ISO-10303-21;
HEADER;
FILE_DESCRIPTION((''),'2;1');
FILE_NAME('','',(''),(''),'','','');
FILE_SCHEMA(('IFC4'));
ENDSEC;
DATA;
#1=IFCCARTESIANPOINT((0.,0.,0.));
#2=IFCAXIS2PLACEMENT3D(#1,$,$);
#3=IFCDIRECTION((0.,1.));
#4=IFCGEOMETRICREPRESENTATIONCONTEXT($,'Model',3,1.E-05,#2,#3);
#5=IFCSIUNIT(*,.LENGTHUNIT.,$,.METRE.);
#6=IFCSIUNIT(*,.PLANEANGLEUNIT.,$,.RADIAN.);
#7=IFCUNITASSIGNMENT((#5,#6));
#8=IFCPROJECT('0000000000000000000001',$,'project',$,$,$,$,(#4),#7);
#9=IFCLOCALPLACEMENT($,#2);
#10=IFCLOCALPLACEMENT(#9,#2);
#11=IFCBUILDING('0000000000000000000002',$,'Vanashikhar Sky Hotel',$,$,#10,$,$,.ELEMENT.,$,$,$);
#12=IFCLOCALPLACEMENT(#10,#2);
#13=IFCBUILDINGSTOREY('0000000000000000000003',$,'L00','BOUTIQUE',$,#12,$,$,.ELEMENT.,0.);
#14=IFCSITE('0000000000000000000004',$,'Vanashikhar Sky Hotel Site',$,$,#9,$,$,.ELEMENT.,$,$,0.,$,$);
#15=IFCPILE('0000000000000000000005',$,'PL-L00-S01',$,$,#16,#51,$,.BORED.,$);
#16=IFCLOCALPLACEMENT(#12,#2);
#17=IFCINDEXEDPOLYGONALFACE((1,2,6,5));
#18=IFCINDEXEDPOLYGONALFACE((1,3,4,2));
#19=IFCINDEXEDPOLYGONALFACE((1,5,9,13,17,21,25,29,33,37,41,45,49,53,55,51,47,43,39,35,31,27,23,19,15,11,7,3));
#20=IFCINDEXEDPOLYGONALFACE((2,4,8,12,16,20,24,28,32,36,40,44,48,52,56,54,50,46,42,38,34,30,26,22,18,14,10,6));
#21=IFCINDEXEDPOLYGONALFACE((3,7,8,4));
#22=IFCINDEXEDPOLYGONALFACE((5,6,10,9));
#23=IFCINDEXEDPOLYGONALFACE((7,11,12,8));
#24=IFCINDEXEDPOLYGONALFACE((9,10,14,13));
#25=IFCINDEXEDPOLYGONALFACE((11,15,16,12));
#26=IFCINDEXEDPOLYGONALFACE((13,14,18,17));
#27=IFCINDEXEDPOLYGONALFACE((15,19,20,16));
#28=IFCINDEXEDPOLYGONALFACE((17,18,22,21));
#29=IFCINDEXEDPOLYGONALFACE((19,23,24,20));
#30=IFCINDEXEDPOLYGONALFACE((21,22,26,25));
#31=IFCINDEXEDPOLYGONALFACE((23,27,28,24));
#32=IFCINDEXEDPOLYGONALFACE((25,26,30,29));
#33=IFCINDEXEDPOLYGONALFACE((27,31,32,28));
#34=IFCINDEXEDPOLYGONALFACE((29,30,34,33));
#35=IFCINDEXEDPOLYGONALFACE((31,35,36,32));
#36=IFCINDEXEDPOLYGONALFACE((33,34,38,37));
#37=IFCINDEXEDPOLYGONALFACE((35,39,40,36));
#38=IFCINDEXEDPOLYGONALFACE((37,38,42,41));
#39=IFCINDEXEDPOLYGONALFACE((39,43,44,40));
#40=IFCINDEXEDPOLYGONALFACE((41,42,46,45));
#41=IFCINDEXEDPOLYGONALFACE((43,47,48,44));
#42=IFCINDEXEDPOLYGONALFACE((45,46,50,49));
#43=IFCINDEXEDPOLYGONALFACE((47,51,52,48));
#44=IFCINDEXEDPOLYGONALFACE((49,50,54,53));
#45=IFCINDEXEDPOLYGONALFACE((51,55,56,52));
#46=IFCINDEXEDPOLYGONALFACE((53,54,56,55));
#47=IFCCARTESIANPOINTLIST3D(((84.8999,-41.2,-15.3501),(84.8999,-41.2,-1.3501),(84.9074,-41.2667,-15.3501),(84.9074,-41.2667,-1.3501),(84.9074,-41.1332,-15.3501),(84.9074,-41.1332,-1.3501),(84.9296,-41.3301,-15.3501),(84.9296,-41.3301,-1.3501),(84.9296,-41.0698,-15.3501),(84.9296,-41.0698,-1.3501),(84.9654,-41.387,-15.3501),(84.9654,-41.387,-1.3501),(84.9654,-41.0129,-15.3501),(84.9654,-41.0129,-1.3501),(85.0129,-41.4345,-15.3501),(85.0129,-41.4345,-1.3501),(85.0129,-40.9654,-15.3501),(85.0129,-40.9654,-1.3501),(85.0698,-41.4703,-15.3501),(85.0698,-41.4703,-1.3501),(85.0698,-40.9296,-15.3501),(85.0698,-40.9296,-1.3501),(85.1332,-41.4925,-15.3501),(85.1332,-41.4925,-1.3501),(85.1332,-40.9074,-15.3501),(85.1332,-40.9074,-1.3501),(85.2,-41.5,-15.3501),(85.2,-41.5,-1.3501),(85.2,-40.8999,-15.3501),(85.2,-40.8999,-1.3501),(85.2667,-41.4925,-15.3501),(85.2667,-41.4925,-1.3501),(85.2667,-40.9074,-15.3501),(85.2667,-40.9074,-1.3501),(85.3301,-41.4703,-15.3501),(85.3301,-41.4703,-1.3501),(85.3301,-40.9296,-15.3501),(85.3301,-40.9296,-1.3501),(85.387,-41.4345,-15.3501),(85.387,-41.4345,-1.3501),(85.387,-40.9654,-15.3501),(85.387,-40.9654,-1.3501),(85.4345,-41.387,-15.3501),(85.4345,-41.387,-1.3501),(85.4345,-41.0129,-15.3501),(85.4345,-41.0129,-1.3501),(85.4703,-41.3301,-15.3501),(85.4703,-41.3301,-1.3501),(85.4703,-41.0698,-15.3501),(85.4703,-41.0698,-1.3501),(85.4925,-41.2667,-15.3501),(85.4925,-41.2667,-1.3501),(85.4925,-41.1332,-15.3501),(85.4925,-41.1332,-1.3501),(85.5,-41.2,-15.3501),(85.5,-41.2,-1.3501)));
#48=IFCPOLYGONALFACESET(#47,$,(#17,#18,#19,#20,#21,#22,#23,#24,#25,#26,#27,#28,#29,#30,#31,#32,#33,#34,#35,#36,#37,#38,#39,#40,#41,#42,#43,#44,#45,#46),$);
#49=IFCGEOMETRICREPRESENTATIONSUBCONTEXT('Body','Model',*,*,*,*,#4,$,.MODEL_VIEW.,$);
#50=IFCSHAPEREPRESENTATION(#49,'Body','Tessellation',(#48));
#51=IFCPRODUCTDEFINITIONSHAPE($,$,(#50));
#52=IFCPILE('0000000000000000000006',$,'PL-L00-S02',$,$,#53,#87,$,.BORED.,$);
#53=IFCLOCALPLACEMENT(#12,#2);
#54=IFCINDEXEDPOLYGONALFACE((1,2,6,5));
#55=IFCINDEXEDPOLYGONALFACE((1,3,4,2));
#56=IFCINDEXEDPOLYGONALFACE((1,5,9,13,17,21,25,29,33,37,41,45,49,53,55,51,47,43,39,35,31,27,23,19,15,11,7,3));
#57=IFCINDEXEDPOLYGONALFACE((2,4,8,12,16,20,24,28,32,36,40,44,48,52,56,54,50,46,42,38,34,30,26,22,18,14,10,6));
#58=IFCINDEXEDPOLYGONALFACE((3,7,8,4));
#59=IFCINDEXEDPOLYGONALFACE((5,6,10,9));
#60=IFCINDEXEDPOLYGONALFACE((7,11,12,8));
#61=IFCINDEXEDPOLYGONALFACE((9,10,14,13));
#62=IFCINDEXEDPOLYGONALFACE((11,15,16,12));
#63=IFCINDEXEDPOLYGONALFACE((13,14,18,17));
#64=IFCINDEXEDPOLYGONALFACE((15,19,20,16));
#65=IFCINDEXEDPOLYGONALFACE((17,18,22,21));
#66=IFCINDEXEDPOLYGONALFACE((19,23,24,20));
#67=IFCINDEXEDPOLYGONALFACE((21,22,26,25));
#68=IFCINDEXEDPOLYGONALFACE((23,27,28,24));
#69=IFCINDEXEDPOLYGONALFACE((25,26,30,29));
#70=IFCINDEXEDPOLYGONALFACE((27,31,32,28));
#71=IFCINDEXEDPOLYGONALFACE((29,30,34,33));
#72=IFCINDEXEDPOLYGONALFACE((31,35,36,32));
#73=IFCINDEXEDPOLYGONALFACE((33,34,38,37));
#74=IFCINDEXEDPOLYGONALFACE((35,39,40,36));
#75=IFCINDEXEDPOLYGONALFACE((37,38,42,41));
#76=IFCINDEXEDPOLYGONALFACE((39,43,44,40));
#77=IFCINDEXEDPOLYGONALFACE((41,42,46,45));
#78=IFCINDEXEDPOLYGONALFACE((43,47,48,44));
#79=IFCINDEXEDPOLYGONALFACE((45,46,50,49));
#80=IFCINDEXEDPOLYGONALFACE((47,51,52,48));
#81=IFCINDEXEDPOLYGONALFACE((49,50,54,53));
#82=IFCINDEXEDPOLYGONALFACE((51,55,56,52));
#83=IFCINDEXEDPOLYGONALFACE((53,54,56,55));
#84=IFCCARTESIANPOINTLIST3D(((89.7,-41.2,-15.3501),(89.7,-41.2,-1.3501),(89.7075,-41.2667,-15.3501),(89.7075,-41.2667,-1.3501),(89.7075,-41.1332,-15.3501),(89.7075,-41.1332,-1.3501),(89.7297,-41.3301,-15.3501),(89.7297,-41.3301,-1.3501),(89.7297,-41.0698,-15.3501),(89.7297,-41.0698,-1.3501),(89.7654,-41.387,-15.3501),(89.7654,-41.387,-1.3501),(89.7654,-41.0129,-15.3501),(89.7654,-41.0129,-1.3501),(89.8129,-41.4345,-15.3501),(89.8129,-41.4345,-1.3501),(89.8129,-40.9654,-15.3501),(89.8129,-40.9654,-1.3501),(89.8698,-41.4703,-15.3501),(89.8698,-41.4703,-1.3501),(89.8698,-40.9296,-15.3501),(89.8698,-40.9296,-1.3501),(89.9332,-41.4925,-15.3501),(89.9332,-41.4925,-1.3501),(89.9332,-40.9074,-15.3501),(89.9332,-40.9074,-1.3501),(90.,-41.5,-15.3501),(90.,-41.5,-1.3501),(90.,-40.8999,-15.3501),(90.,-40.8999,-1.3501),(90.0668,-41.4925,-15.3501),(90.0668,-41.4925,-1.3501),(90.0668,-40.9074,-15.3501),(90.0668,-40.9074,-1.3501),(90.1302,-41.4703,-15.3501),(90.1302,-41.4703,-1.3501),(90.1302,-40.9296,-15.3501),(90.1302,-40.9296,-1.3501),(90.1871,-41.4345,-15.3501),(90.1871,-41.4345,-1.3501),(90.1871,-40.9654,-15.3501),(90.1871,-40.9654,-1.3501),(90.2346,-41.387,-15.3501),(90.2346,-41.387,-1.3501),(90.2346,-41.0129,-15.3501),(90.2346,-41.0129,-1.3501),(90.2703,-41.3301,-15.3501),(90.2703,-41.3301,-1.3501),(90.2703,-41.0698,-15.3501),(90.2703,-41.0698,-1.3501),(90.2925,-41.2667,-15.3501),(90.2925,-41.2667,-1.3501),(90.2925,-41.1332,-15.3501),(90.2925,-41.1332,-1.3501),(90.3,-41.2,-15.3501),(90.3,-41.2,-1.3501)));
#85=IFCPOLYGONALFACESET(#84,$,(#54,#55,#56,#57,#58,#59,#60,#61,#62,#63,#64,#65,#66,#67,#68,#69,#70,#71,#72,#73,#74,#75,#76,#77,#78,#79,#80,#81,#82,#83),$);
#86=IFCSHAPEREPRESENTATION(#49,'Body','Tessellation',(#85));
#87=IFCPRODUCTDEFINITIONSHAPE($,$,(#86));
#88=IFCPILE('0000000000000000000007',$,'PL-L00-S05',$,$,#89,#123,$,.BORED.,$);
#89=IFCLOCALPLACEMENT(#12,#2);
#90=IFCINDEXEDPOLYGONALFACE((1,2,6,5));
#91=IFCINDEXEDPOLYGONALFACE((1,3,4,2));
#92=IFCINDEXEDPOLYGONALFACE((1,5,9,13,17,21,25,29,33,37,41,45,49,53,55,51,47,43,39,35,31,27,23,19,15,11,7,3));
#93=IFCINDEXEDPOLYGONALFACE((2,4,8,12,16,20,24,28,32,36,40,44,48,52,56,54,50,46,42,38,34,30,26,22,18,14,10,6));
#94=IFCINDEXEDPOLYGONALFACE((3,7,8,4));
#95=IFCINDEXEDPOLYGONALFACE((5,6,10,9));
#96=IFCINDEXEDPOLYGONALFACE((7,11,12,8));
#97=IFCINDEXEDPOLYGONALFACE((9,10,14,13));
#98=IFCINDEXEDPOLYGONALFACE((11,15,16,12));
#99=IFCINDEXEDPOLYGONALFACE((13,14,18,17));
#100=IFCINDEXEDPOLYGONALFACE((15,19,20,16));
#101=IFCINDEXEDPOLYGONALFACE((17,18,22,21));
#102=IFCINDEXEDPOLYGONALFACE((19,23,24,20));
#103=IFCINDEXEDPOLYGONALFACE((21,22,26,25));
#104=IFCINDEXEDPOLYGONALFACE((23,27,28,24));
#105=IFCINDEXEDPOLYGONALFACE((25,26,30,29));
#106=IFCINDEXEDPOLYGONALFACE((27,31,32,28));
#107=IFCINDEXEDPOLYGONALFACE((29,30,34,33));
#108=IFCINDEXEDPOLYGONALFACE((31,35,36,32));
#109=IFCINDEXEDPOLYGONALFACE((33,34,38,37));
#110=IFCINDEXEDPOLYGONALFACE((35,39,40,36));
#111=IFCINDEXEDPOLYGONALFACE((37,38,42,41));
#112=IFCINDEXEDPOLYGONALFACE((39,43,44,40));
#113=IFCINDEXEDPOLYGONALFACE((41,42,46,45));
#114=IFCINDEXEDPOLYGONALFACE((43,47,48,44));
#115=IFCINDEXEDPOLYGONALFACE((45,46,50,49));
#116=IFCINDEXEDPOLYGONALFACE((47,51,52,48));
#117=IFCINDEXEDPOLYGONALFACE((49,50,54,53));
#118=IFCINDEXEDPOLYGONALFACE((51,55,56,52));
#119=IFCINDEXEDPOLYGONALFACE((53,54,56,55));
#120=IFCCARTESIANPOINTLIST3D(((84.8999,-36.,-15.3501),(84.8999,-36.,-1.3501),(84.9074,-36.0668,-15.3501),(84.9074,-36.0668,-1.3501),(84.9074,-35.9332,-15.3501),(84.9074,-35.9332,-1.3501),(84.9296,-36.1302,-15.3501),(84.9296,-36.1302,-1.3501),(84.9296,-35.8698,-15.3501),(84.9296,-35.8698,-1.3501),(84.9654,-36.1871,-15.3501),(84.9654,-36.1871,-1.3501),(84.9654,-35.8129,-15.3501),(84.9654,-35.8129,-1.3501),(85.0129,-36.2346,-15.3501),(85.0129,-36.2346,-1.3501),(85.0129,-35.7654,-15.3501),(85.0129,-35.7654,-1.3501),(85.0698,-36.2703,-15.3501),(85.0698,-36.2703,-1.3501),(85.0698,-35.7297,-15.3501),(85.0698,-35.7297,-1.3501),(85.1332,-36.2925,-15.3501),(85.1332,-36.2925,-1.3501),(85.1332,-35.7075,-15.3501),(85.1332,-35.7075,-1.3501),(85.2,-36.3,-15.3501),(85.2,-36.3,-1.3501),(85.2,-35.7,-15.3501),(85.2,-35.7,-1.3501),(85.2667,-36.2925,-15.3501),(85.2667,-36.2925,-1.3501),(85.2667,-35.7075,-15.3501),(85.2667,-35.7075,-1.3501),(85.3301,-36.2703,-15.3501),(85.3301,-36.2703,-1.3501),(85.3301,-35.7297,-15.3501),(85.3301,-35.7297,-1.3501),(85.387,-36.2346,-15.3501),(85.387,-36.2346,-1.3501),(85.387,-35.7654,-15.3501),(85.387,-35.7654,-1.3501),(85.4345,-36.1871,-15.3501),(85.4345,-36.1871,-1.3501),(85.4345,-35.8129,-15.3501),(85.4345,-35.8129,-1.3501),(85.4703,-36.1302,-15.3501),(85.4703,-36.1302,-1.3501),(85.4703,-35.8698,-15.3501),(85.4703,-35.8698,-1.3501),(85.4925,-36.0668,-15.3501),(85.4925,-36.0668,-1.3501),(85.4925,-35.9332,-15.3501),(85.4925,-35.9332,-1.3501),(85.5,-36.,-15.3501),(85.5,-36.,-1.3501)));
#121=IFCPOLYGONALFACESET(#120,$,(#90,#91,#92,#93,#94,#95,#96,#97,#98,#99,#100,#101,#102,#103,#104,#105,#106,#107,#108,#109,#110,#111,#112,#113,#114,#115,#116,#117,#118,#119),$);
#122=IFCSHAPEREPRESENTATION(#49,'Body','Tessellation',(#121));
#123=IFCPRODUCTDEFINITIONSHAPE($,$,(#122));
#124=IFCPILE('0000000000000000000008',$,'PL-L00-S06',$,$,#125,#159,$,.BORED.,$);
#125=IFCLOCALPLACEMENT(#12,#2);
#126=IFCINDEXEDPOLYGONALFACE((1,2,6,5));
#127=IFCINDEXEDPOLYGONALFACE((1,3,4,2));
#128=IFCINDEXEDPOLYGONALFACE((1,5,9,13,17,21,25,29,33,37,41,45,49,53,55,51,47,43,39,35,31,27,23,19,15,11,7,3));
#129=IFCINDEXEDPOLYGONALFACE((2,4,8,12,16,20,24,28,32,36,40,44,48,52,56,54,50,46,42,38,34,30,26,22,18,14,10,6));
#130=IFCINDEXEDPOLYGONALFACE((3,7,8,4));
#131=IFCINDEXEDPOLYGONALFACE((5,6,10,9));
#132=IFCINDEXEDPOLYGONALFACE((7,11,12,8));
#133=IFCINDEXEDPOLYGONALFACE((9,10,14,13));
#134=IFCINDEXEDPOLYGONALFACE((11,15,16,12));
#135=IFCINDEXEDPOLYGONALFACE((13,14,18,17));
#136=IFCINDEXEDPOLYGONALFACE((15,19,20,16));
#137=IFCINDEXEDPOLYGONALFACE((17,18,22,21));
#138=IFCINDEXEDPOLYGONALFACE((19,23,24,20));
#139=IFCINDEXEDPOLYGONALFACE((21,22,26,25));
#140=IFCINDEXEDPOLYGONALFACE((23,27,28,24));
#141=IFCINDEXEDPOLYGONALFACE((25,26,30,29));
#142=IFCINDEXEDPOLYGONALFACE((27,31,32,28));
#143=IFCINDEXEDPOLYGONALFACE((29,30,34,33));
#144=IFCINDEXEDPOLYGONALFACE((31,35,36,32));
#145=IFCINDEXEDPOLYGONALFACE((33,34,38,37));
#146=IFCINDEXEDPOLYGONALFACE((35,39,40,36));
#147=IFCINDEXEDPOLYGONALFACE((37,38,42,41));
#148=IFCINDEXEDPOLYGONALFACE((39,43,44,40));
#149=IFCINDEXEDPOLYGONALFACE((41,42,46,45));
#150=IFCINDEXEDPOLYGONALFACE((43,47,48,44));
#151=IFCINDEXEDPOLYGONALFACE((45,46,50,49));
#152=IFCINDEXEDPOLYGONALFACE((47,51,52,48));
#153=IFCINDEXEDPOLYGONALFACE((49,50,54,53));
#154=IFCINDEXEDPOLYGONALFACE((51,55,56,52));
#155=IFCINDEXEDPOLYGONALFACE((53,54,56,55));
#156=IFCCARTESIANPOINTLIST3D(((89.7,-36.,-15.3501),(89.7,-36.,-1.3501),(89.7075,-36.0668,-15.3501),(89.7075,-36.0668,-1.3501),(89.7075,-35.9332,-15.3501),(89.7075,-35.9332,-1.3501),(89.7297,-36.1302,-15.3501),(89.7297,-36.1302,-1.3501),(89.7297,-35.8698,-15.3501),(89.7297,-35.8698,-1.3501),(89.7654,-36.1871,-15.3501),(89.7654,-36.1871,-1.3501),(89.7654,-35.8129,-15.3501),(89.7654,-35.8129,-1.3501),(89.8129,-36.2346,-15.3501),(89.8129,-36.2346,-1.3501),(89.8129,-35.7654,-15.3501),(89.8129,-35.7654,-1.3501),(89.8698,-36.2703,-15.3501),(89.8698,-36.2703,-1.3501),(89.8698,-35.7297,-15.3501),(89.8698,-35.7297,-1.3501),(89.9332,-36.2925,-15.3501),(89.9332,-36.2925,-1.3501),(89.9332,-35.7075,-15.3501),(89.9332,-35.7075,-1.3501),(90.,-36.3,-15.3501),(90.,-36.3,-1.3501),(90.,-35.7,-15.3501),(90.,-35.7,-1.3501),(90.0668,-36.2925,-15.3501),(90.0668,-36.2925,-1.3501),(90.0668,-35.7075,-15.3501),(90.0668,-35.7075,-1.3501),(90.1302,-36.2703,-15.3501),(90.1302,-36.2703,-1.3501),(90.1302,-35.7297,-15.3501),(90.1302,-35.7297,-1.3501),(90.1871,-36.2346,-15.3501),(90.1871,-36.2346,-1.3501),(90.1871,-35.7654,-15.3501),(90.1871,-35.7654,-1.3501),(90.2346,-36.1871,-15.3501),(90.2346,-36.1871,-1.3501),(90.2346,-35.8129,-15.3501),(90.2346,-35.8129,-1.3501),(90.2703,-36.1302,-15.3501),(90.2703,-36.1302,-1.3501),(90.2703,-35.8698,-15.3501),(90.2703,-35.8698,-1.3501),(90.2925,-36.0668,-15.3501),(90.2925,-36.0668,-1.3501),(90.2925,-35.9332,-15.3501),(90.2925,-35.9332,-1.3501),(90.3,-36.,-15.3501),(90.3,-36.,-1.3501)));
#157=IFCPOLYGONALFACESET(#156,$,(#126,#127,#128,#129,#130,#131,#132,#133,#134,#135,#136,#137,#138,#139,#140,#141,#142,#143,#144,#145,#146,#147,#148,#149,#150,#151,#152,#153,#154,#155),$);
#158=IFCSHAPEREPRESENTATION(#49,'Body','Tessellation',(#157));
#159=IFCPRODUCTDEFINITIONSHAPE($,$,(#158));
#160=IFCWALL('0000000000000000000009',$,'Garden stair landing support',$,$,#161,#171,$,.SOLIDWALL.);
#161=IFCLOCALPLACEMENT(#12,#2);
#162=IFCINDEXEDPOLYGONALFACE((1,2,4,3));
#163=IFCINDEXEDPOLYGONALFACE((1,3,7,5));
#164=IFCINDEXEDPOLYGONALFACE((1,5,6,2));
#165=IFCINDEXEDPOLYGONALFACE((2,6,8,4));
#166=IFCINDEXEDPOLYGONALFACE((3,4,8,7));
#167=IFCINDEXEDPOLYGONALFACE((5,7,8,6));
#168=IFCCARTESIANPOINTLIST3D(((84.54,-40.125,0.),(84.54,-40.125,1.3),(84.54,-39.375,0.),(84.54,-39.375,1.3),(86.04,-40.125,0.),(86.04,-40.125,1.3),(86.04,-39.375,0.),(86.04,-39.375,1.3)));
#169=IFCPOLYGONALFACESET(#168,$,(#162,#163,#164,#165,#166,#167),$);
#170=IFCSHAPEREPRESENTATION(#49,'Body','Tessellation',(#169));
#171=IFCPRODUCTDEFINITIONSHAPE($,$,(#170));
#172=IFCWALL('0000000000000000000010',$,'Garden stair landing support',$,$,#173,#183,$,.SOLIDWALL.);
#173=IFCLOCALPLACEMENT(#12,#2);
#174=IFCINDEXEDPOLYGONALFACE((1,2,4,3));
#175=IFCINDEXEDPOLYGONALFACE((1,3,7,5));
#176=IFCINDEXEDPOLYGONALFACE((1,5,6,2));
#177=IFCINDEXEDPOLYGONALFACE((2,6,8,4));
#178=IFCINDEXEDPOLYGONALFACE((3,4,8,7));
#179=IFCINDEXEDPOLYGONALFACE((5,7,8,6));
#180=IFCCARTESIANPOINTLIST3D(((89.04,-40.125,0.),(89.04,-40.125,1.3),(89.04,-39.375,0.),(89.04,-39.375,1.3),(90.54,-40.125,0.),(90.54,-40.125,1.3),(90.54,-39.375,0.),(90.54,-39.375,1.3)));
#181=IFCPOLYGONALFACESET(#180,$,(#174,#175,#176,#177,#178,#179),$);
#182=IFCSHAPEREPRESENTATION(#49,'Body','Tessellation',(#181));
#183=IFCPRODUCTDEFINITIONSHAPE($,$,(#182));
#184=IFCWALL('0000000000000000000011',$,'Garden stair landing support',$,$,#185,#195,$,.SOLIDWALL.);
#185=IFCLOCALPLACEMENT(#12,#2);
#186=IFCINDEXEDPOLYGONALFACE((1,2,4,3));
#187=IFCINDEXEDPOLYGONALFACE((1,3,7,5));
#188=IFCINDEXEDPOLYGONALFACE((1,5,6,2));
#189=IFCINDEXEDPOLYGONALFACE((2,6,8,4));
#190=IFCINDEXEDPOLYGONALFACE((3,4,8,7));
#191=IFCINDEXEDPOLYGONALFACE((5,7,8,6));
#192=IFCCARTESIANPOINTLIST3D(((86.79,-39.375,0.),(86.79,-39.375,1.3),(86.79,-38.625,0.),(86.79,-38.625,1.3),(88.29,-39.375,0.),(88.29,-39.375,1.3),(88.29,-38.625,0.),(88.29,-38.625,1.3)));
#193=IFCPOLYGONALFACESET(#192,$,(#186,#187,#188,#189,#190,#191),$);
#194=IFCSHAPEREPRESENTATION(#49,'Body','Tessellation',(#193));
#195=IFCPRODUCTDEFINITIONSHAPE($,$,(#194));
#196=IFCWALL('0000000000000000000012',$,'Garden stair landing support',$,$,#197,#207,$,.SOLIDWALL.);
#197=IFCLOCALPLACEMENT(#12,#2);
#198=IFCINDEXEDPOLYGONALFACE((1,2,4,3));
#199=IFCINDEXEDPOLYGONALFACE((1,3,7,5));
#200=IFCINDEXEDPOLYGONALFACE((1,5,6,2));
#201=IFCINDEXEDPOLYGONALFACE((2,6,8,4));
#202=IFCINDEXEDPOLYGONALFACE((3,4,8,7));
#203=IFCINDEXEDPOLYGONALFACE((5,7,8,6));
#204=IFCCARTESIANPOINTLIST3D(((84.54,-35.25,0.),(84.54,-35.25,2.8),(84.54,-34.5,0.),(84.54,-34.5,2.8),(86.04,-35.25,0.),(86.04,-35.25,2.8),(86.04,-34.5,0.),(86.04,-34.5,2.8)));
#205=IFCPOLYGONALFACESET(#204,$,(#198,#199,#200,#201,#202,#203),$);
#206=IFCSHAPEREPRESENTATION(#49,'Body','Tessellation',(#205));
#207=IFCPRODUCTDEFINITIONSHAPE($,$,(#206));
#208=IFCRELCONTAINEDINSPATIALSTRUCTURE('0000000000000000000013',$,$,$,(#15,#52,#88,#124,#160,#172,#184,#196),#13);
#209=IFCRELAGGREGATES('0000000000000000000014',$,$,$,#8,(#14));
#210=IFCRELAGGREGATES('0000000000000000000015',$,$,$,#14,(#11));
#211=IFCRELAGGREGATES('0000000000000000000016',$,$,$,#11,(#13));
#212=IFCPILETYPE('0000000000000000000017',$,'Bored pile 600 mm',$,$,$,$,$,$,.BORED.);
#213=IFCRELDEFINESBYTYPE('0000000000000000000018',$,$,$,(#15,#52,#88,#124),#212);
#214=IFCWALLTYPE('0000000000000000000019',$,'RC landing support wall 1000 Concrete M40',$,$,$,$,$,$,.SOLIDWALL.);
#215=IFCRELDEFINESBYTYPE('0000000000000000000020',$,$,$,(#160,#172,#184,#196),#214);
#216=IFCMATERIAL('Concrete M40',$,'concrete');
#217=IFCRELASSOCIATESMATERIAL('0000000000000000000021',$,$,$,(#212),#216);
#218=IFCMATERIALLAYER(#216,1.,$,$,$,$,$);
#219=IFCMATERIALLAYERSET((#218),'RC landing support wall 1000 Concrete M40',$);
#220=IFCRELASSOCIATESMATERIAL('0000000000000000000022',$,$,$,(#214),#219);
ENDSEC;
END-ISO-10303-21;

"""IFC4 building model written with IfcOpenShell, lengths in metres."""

from ifc_helpers import new_model, si_unit, direction, frame, frame_2d, origin, origin_2d, place, context, subcontext, project, spatial, rectangle, circle, extrude, source, transform, mapped, material, layer, layer_set, type_object, element, save


model = new_model("IFC4")

# Units and contexts
model_context = context("Model", 3, precision=1e-05, world=origin(), true_north=direction((0.0, 1.0)))
body_context = subcontext(model_context, "Body", "Model", "MODEL_VIEW")
ifc_project = project(units=[si_unit("LENGTHUNIT", "METRE"), si_unit("PLANEANGLEUNIT", "RADIAN")], contexts=[model_context])

# Site, building, storey
site_placement = place(None, origin())
site = spatial("IfcSite", under=ifc_project, at=site_placement, Name="Vanashikhar Sky Hotel Site", CompositionType="ELEMENT", RefElevation=0.0)
building_placement = place(site_placement, origin())
building = spatial("IfcBuilding", under=site, at=building_placement, Name="Vanashikhar Sky Hotel", CompositionType="ELEMENT")
storey_placement = place(building_placement, origin())
storey = spatial("IfcBuildingStorey", under=building, at=storey_placement, Name="L00", Description="BOUTIQUE", CompositionType="ELEMENT", Elevation=0.0)

# Piles
ifc_material_1 = material(Name="Concrete M40", Category="concrete")
pile_type = type_object("IfcPileType", Name="Bored pile 600 mm", PredefinedType="BORED", material=ifc_material_1)
shared_shape_1 = source(origin(), body_context, "Body", "SweptSolid", [
    extrude(circle(Radius=0.3, at=origin_2d()), origin(), (0.0, 0.0, 1.0), 14.0),
])
for number, where, z_axis, x_axis, name in (
    (1, (85.2, -41.2, -1.3501), (0.0, 0.0, -1.0), (1.0, 0.0, 0.0), "PL-L00-S01"),
    (2, (90.0, -41.2, -1.3501), (0.0, 0.0, -1.0), (1.0, 0.0, 0.0), "PL-L00-S02"),
    (3, (85.2, -36.0, -1.3501), (0.0, 0.0, -1.0), (1.0, 0.0, 0.0), "PL-L00-S05"),
    (4, (90.0, -36.0, -1.3501), (0.0, 0.0, -1.0), (1.0, 0.0, 0.0), "PL-L00-S06"),
):
    element("IfcPile", number, at=place(storey_placement, frame(where, z_axis=z_axis, x_axis=x_axis)), inside=storey, type_object=pile_type, Name=name, PredefinedType="BORED", context=body_context, shape_type="MappedRepresentation", body=[
        mapped(shared_shape_1, transform((0.0, 0.0, 0.0), scale=1.0)),
    ])

# Walls
ifc_layer = layer(ifc_material_1, 1.0)
ifc_layer_set = layer_set([ifc_layer], Name="RC landing support wall 1000 Concrete M40")
wall_type = type_object("IfcWallType", Name="RC landing support wall 1000 Concrete M40", PredefinedType="SOLIDWALL", material=ifc_layer_set)
shared_shape_2 = source(origin(), body_context, "Body", "SweptSolid", [
    extrude(rectangle(XDim=1.5, YDim=0.75, at=frame_2d((0.75, 0.0))), origin(), (0.0, 0.0, 1.0), 1.3),
])
for number, where, z_axis, x_axis, name in (
    (5, (84.54, -39.75, 0.0), (0.0, 0.0, 1.0), (1.0, 0.0, 0.0), "Garden stair landing support"),
    (6, (89.04, -39.75, 0.0), (0.0, 0.0, 1.0), (1.0, 0.0, 0.0), "Garden stair landing support"),
    (7, (86.79, -39.0, 0.0), (0.0, 0.0, 1.0), (1.0, 0.0, 0.0), "Garden stair landing support"),
):
    element("IfcWall", number, at=place(storey_placement, frame(where, z_axis=z_axis, x_axis=x_axis)), inside=storey, type_object=wall_type, Name=name, PredefinedType="SOLIDWALL", context=body_context, shape_type="MappedRepresentation", body=[
        mapped(shared_shape_2, transform((0.0, 0.0, 0.0), scale=1.0)),
    ])
shared_shape_3 = source(origin(), body_context, "Body", "SweptSolid", [
    extrude(rectangle(XDim=1.5, YDim=0.75, at=frame_2d((0.75, 0.0))), origin(), (0.0, 0.0, 1.0), 2.8),
])
for number, where, z_axis, x_axis, name in (
    (8, (84.54, -34.875, 0.0), (0.0, 0.0, 1.0), (1.0, 0.0, 0.0), "Garden stair landing support"),
):
    element("IfcWall", number, at=place(storey_placement, frame(where, z_axis=z_axis, x_axis=x_axis)), inside=storey, type_object=wall_type, Name=name, PredefinedType="SOLIDWALL", context=body_context, shape_type="MappedRepresentation", body=[
        mapped(shared_shape_3, transform((0.0, 0.0, 0.0), scale=1.0)),
    ])

save(model, "model.ifc")
